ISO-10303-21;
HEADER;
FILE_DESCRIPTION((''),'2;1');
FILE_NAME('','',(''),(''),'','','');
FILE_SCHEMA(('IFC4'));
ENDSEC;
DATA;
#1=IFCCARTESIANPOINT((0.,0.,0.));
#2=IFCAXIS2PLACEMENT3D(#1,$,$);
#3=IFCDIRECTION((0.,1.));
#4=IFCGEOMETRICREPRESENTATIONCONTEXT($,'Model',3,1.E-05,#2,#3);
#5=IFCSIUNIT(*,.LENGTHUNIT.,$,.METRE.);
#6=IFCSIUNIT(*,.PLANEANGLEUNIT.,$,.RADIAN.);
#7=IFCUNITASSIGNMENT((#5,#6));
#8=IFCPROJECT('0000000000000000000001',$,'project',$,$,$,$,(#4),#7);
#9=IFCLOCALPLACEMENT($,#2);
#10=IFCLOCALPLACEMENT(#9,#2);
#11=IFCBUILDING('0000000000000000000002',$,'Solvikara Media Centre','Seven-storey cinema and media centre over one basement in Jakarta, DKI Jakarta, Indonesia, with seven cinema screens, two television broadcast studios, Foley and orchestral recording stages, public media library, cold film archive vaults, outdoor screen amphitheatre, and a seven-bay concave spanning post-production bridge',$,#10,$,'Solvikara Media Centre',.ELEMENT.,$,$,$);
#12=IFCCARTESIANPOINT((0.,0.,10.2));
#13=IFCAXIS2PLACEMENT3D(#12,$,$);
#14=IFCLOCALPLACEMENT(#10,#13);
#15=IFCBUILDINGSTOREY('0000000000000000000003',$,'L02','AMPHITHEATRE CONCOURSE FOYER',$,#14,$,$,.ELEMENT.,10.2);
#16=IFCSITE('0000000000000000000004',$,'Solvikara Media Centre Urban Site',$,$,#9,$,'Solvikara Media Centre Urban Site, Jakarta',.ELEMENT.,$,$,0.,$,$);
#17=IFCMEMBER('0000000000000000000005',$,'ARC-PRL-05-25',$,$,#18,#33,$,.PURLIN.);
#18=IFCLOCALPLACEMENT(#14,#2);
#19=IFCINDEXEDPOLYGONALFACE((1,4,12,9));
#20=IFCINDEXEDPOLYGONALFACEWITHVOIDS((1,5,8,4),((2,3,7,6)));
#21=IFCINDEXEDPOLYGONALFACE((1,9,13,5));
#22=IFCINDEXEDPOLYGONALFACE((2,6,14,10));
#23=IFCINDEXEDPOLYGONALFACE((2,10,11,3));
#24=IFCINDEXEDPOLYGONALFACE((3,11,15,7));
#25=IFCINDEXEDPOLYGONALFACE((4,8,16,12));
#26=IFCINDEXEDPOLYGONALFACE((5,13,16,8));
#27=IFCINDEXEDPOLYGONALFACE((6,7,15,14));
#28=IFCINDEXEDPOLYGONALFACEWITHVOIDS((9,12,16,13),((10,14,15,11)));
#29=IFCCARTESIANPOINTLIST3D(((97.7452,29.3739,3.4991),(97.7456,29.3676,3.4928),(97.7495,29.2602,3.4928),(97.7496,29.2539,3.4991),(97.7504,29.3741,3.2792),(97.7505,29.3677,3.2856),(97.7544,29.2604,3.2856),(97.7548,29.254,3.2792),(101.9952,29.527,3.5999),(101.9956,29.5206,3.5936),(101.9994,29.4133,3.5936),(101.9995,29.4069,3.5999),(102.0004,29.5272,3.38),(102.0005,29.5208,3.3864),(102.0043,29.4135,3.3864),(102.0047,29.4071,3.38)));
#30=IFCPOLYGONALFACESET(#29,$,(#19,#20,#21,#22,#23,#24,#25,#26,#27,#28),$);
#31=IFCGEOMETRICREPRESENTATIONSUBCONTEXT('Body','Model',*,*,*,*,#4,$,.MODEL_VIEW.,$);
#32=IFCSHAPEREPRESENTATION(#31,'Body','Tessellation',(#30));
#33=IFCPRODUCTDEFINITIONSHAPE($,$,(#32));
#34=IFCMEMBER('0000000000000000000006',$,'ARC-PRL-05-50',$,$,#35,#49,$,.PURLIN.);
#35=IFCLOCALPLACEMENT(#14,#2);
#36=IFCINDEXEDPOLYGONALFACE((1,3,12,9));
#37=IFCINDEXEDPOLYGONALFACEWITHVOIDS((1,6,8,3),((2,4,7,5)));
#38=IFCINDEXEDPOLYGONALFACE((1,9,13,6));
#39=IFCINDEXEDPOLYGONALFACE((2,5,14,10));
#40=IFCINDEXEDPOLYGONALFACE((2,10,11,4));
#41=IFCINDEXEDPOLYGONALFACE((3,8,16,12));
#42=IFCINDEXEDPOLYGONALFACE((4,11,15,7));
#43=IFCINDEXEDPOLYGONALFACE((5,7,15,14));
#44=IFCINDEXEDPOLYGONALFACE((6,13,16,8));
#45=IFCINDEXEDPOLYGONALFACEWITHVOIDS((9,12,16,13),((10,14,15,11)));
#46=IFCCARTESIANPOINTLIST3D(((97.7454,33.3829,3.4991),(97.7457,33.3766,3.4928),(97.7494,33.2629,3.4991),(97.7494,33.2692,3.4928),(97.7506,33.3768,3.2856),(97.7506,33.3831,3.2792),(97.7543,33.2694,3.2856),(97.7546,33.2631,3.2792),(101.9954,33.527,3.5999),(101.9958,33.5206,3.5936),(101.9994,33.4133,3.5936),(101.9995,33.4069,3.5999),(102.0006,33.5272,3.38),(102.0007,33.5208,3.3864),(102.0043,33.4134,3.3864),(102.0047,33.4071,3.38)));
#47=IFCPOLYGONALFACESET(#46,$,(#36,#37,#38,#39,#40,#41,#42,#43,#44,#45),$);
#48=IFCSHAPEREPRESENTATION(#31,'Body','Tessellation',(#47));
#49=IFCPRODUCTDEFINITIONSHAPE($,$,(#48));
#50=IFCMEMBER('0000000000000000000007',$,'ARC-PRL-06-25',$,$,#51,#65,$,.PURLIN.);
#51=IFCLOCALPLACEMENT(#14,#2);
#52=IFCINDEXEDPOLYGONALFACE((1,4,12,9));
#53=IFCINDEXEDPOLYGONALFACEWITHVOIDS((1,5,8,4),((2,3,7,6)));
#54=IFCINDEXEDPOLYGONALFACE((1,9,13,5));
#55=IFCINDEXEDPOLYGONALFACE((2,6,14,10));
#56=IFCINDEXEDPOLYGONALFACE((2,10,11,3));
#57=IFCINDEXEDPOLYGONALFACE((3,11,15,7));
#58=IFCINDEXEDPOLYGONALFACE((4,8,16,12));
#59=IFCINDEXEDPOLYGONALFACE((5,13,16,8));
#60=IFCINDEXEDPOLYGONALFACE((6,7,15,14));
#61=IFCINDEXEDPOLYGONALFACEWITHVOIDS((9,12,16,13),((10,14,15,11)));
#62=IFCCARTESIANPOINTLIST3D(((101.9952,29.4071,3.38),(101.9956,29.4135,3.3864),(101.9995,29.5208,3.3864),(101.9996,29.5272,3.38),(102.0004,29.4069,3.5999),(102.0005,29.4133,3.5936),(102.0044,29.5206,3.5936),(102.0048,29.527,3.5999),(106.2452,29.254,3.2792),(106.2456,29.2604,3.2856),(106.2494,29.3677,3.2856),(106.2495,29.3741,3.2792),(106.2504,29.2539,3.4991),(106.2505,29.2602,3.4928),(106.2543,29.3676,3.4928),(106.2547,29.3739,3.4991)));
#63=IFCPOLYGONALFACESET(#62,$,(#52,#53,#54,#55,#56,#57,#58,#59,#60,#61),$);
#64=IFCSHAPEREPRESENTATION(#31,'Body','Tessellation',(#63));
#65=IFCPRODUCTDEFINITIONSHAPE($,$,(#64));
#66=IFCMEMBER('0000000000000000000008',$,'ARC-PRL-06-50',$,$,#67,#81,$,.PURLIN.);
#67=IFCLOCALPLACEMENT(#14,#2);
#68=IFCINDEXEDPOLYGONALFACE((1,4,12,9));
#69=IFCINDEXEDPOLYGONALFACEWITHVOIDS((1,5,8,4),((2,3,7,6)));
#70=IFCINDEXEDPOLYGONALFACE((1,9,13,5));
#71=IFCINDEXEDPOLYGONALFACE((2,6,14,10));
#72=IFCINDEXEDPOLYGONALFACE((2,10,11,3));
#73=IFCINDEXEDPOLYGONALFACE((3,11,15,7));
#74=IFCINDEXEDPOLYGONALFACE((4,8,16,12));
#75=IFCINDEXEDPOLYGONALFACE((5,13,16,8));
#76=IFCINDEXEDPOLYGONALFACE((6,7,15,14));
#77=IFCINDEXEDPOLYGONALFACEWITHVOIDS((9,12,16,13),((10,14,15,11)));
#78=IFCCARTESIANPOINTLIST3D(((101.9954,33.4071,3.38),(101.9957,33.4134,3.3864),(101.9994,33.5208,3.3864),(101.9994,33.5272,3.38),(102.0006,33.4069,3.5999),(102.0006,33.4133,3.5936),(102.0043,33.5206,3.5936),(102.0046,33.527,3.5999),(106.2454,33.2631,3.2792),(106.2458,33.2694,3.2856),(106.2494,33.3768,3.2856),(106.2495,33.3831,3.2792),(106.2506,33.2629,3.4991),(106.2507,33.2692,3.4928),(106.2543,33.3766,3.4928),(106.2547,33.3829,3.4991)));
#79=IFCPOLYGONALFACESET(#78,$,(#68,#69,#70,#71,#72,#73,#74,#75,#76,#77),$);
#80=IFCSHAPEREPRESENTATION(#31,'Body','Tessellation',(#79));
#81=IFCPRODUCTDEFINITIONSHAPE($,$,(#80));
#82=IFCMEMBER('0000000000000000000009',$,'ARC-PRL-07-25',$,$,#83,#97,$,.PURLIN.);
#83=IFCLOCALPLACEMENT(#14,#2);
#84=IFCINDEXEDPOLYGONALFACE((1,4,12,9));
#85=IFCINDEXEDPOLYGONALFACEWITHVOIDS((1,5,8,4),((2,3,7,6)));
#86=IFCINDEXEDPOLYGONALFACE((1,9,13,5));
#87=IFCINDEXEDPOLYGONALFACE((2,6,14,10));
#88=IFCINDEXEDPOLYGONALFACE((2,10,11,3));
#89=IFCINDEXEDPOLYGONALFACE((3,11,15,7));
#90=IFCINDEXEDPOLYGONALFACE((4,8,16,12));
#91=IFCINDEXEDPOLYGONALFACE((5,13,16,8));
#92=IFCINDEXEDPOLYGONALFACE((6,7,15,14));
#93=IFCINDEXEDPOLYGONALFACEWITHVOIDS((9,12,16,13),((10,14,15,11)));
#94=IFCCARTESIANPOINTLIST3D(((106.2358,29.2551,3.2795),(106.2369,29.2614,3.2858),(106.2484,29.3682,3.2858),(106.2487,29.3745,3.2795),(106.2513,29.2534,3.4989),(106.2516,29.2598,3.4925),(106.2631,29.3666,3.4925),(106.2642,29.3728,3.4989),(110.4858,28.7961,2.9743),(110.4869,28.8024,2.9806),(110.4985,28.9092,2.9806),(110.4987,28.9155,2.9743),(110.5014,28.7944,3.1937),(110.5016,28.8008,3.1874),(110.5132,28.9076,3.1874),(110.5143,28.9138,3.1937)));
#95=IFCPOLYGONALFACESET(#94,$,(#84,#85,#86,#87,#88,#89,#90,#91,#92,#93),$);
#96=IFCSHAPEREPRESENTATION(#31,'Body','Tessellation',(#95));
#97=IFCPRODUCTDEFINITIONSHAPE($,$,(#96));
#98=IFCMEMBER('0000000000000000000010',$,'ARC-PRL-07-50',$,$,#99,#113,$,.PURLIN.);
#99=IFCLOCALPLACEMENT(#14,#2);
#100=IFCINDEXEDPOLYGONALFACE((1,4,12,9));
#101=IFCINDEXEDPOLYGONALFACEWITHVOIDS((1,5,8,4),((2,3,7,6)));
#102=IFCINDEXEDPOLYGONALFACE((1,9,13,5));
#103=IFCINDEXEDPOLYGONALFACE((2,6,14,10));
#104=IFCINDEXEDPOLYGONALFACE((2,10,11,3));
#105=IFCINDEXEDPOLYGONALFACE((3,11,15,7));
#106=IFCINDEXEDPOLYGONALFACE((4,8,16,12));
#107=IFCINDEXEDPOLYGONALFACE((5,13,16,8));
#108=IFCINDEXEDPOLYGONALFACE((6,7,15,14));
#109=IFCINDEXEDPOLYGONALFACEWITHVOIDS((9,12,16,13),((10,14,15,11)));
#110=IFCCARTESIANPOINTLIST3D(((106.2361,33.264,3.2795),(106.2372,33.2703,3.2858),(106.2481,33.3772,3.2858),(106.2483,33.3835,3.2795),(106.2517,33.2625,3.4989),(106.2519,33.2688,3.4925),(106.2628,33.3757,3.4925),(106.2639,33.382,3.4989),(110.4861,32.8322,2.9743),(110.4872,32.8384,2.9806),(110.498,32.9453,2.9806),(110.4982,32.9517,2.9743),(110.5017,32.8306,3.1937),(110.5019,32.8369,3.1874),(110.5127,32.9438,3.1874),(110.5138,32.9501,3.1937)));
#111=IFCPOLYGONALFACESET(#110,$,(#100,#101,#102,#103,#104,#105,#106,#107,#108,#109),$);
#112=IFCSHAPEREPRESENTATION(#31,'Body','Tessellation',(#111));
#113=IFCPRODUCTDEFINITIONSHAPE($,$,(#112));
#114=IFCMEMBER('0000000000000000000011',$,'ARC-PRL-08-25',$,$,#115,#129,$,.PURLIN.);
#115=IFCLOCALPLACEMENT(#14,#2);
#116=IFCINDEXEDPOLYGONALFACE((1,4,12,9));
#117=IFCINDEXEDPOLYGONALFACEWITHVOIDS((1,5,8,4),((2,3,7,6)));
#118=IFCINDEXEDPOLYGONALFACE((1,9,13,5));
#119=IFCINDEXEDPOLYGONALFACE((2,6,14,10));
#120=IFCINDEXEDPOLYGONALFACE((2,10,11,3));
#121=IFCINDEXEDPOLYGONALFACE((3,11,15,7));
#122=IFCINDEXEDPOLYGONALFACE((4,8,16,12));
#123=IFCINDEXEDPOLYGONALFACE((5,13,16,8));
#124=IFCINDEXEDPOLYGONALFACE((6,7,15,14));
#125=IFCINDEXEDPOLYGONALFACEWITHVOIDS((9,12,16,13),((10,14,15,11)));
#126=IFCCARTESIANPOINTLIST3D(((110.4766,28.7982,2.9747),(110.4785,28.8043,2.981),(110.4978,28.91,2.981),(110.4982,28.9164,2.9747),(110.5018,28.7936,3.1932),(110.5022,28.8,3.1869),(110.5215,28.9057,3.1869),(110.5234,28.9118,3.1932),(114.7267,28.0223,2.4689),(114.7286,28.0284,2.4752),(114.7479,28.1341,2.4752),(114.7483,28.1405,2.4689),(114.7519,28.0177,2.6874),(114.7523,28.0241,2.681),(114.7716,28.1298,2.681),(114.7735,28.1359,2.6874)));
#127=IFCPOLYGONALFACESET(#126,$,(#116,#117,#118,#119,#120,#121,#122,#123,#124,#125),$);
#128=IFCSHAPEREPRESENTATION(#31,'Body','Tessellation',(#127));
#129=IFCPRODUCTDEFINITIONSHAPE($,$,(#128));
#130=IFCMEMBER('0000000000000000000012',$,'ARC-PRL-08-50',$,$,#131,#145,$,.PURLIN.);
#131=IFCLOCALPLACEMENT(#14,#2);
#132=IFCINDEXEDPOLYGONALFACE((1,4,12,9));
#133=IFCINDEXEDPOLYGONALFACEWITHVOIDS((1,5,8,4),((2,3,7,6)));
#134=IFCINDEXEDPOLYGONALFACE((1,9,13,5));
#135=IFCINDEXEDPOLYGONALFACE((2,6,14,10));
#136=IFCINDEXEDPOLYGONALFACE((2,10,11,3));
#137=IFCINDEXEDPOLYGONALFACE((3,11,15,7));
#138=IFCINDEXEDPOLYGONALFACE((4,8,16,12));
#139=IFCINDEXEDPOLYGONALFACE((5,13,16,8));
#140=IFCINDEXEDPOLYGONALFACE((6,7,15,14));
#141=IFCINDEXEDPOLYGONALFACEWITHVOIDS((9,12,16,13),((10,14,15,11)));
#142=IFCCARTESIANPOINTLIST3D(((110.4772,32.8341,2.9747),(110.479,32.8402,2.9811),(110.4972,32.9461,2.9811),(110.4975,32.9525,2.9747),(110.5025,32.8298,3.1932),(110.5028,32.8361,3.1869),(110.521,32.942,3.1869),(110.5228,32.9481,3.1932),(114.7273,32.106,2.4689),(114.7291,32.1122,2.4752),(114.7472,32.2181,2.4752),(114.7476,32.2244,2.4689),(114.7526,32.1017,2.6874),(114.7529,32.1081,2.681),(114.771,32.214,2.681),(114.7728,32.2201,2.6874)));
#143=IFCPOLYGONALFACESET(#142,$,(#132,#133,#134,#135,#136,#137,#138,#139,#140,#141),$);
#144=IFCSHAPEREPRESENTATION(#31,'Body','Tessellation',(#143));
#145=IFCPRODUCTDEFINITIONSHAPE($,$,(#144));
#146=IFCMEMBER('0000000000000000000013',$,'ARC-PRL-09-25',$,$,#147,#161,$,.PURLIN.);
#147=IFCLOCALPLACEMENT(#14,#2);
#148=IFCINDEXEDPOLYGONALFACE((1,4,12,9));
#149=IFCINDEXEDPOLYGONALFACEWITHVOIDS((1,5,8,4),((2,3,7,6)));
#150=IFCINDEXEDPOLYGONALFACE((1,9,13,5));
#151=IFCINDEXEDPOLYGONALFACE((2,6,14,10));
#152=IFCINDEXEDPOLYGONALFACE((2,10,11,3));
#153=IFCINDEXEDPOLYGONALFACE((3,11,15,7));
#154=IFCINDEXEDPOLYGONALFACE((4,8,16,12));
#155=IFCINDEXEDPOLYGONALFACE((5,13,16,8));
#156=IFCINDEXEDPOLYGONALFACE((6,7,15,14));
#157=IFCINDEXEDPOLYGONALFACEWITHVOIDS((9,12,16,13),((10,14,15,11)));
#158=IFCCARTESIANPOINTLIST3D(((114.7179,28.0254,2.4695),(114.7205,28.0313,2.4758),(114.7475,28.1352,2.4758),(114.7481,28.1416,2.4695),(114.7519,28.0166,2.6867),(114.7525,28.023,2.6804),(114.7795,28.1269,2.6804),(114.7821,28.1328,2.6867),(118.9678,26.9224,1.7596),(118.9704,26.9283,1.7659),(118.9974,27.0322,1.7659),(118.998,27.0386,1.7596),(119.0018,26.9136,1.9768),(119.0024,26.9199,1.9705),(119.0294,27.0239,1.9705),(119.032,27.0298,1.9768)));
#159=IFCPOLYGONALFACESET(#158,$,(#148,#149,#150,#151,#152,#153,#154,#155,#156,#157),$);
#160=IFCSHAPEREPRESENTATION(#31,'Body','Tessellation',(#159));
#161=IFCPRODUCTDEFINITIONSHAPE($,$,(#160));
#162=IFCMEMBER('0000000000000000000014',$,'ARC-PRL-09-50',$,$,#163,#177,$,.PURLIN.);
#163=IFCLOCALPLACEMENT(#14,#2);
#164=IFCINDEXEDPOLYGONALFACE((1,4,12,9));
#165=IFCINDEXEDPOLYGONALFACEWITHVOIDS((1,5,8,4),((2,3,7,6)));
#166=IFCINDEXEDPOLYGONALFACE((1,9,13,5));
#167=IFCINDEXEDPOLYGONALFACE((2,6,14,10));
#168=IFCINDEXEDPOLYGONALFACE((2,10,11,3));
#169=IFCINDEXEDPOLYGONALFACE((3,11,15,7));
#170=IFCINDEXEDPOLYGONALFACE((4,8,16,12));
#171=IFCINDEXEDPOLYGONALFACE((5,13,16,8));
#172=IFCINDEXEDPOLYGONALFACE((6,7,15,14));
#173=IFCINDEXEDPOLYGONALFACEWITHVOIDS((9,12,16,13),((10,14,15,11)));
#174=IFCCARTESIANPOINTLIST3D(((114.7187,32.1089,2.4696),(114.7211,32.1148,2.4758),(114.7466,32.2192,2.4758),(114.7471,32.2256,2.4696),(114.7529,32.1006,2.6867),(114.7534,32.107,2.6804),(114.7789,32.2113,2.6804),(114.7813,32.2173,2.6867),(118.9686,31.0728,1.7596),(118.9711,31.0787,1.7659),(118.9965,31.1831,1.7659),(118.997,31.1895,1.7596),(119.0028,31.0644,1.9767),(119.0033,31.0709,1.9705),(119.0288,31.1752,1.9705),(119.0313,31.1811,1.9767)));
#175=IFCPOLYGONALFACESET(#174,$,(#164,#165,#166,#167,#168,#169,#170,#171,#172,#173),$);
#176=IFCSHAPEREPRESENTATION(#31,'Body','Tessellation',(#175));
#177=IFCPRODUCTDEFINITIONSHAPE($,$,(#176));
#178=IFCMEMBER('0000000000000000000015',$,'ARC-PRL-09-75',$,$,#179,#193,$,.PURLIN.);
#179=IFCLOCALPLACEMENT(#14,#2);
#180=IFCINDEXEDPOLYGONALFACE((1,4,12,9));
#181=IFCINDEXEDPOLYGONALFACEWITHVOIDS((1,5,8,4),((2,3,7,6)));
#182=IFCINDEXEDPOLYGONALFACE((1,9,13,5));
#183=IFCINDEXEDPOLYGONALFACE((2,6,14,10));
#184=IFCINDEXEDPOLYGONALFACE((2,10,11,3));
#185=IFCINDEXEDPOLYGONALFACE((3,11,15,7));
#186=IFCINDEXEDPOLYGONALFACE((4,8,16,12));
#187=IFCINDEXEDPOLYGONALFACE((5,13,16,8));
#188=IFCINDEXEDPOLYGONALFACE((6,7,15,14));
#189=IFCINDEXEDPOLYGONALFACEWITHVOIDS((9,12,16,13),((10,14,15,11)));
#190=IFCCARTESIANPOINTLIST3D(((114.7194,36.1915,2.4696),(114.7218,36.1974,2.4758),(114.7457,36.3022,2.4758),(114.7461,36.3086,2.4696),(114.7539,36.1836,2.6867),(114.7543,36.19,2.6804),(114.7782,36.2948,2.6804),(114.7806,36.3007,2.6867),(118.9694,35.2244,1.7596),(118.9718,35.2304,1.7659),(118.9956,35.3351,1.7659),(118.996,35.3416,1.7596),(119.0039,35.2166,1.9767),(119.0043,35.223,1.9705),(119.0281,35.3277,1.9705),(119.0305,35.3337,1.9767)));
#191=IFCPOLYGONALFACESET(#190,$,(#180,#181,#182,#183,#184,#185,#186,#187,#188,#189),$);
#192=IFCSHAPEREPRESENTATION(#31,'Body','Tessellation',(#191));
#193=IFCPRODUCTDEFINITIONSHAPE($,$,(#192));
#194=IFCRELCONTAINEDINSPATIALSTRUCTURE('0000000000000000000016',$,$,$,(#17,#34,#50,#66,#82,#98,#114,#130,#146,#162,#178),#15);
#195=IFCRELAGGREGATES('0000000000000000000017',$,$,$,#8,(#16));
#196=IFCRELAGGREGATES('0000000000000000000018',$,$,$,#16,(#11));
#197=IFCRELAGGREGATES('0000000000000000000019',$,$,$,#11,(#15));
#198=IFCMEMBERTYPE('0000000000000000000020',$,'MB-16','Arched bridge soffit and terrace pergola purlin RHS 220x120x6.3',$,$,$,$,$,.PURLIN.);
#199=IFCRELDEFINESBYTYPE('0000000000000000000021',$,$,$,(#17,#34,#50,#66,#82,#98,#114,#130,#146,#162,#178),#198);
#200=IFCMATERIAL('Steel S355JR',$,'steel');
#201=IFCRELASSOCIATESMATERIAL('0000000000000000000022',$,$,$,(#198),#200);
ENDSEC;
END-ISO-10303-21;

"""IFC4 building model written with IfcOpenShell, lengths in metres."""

from ifc_helpers import new_model, si_unit, direction, frame, origin, origin_2d, place, context, subcontext, project, spatial, hollow_rectangle, extrude, material, material_profile, profile_set, type_object, element, save


model = new_model("IFC4")

# Units and contexts
model_context = context("Model", 3, precision=1e-05, world=origin(), true_north=direction((0.0, 1.0)))
body_context = subcontext(model_context, "Body", "Model", "MODEL_VIEW")
ifc_project = project(units=[si_unit("LENGTHUNIT", "METRE"), si_unit("PLANEANGLEUNIT", "RADIAN")], contexts=[model_context])

# Site, building, storey
site_placement = place(None, origin())
site = spatial("IfcSite", under=ifc_project, at=site_placement, Name="Solvikara Media Centre Urban Site", LongName="Solvikara Media Centre Urban Site, Jakarta", CompositionType="ELEMENT", RefElevation=0.0)
building_placement = place(site_placement, origin())
building = spatial("IfcBuilding", under=site, at=building_placement, Name="Solvikara Media Centre", Description="Seven-storey cinema and media centre over one basement in Jakarta, DKI Jakarta, Indonesia, with seven cinema screens, two television broadcast studios, Foley and orchestral recording stages, public media library, cold film archive vaults, outdoor screen amphitheatre, and a seven-bay concave spanning post-production bridge", LongName="Solvikara Media Centre", CompositionType="ELEMENT")
storey_placement = place(building_placement, frame((0.0, 0.0, 10.2)))
storey = spatial("IfcBuildingStorey", under=building, at=storey_placement, Name="L02", Description="AMPHITHEATRE CONCOURSE FOYER", CompositionType="ELEMENT", Elevation=10.2)

# Members
ifc_material_1 = material(Name="Steel S355JR", Category="steel")
ifc_material_profile_1 = material_profile(ifc_material_1, hollow_rectangle(XDim=0.1201, YDim=0.22, WallThickness=0.0063, at=origin_2d()), Name="RHS 220x120x6.3")
ifc_profile_set_1 = profile_set([ifc_material_profile_1], Name="Steel S355JR")
member_type_1 = type_object("IfcMemberType", Name="MB-16", Description="Arched bridge soffit and terrace pergola purlin RHS 220x120x6.3", PredefinedType="PURLIN", material=ifc_profile_set_1)
member_1_placement = place(storey_placement, frame((97.75, 29.314, 3.3892), z_axis=(0.999071, 0.035984, 0.023703), x_axis=(-0.035995, 0.999352, 0.0)))
element("IfcMember", 1, at=member_1_placement, inside=storey, type_object=member_type_1, Name="ARC-PRL-05-25", PredefinedType="PURLIN", context=body_context, shape_type="SweptSolid", body=[
    extrude(hollow_rectangle(XDim=0.1201, YDim=0.22, WallThickness=0.0063, at=origin_2d()), origin(), (0.0, 0.0, 1.0), 4.2539),
])
member_2_placement = place(storey_placement, frame((97.75, 33.323, 3.3892), z_axis=(0.999145, 0.033863, 0.023704), x_axis=(-0.033873, 0.999426, 0.0)))
element("IfcMember", 2, at=member_2_placement, inside=storey, type_object=member_type_1, Name="ARC-PRL-05-50", PredefinedType="PURLIN", context=body_context, shape_type="SweptSolid", body=[
    extrude(hollow_rectangle(XDim=0.1201, YDim=0.22, WallThickness=0.0063, at=origin_2d()), origin(), (0.0, 0.0, 1.0), 4.2537),
])
member_3_placement = place(storey_placement, frame((102.0, 29.467, 3.49), z_axis=(0.999071, -0.035984, -0.023703), x_axis=(0.035995, 0.999352, 0.0)))
element("IfcMember", 3, at=member_3_placement, inside=storey, type_object=member_type_1, Name="ARC-PRL-06-25", PredefinedType="PURLIN", context=body_context, shape_type="SweptSolid", body=[
    extrude(hollow_rectangle(XDim=0.1201, YDim=0.22, WallThickness=0.0063, at=origin_2d()), origin(), (0.0, 0.0, 1.0), 4.2539),
])
member_4_placement = place(storey_placement, frame((102.0, 33.467, 3.49), z_axis=(0.999145, -0.033863, -0.023704), x_axis=(0.033873, 0.999426, 0.0)))
element("IfcMember", 4, at=member_4_placement, inside=storey, type_object=member_type_1, Name="ARC-PRL-06-50", PredefinedType="PURLIN", context=body_context, shape_type="SweptSolid", body=[
    extrude(hollow_rectangle(XDim=0.1201, YDim=0.22, WallThickness=0.0063, at=origin_2d()), origin(), (0.0, 0.0, 1.0), 4.2537),
])
member_5_placement = place(storey_placement, frame((106.25, 29.314, 3.3892), z_axis=(0.991695, -0.107099, -0.07121), x_axis=(0.107372, 0.994219, 0.0)))
element("IfcMember", 5, at=member_5_placement, inside=storey, type_object=member_type_1, Name="ARC-PRL-07-25", PredefinedType="PURLIN", context=body_context, shape_type="SweptSolid", body=[
    extrude(hollow_rectangle(XDim=0.1201, YDim=0.22, WallThickness=0.0063, at=origin_2d()), origin(), (0.0, 0.0, 1.0), 4.2856),
])
member_6_placement = place(storey_placement, frame((106.25, 33.323, 3.3892), z_axis=(0.992347, -0.100842, -0.071257), x_axis=(0.101099, 0.994876, 0.0)))
element("IfcMember", 6, at=member_6_placement, inside=storey, type_object=member_type_1, Name="ARC-PRL-07-50", PredefinedType="PURLIN", context=body_context, shape_type="SweptSolid", body=[
    extrude(hollow_rectangle(XDim=0.1201, YDim=0.22, WallThickness=0.0063, at=origin_2d()), origin(), (0.0, 0.0, 1.0), 4.2827),
])
member_7_placement = place(storey_placement, frame((110.5, 28.855, 3.084), z_axis=(0.977066, -0.178373, -0.116296), x_axis=(0.179592, 0.983741, 0.0)))
element("IfcMember", 7, at=member_7_placement, inside=storey, type_object=member_type_1, Name="ARC-PRL-08-25", PredefinedType="PURLIN", context=body_context, shape_type="SweptSolid", body=[
    extrude(hollow_rectangle(XDim=0.1201, YDim=0.22, WallThickness=0.0063, at=origin_2d()), origin(), (0.0, 0.0, 1.0), 4.3499),
])
member_8_placement = place(storey_placement, frame((110.5, 32.8911, 3.084), z_axis=(0.97893, -0.167691, -0.116518), x_axis=(0.168841, 0.985643, 0.0)))
element("IfcMember", 8, at=member_8_placement, inside=storey, type_object=member_type_1, Name="ARC-PRL-08-50", PredefinedType="PURLIN", context=body_context, shape_type="SweptSolid", body=[
    extrude(hollow_rectangle(XDim=0.1201, YDim=0.22, WallThickness=0.0063, at=origin_2d()), origin(), (0.0, 0.0, 1.0), 4.3416),
])
member_9_placement = place(storey_placement, frame((114.75, 28.0791, 2.5781), z_axis=(0.955522, -0.247992, -0.15962), x_axis=(0.251213, 0.967932, 0.0)))
element("IfcMember", 9, at=member_9_placement, inside=storey, type_object=member_type_1, Name="ARC-PRL-09-25", PredefinedType="PURLIN", context=body_context, shape_type="SweptSolid", body=[
    extrude(hollow_rectangle(XDim=0.1201, YDim=0.22, WallThickness=0.0063, at=origin_2d()), origin(), (0.0, 0.0, 1.0), 4.4478),
])
member_10_placement = place(storey_placement, frame((114.75, 32.1631, 2.5781), z_axis=(0.958996, -0.233799, -0.1602), x_axis=(0.236859, 0.971544, 0.0)))
element("IfcMember", 10, at=member_10_placement, inside=storey, type_object=member_type_1, Name="ARC-PRL-09-50", PredefinedType="PURLIN", context=body_context, shape_type="SweptSolid", body=[
    extrude(hollow_rectangle(XDim=0.1201, YDim=0.22, WallThickness=0.0063, at=origin_2d()), origin(), (0.0, 0.0, 1.0), 4.4316),
])
member_11_placement = place(storey_placement, frame((114.75, 36.2461, 2.5781), z_axis=(0.962393, -0.218982, -0.160767), x_axis=(0.221868, 0.975077, 0.0)))
element("IfcMember", 11, at=member_11_placement, inside=storey, type_object=member_type_1, Name="ARC-PRL-09-75", PredefinedType="PURLIN", context=body_context, shape_type="SweptSolid", body=[
    extrude(hollow_rectangle(XDim=0.1201, YDim=0.22, WallThickness=0.0063, at=origin_2d()), origin(), (0.0, 0.0, 1.0), 4.416),
])

save(model, "model.ifc")
